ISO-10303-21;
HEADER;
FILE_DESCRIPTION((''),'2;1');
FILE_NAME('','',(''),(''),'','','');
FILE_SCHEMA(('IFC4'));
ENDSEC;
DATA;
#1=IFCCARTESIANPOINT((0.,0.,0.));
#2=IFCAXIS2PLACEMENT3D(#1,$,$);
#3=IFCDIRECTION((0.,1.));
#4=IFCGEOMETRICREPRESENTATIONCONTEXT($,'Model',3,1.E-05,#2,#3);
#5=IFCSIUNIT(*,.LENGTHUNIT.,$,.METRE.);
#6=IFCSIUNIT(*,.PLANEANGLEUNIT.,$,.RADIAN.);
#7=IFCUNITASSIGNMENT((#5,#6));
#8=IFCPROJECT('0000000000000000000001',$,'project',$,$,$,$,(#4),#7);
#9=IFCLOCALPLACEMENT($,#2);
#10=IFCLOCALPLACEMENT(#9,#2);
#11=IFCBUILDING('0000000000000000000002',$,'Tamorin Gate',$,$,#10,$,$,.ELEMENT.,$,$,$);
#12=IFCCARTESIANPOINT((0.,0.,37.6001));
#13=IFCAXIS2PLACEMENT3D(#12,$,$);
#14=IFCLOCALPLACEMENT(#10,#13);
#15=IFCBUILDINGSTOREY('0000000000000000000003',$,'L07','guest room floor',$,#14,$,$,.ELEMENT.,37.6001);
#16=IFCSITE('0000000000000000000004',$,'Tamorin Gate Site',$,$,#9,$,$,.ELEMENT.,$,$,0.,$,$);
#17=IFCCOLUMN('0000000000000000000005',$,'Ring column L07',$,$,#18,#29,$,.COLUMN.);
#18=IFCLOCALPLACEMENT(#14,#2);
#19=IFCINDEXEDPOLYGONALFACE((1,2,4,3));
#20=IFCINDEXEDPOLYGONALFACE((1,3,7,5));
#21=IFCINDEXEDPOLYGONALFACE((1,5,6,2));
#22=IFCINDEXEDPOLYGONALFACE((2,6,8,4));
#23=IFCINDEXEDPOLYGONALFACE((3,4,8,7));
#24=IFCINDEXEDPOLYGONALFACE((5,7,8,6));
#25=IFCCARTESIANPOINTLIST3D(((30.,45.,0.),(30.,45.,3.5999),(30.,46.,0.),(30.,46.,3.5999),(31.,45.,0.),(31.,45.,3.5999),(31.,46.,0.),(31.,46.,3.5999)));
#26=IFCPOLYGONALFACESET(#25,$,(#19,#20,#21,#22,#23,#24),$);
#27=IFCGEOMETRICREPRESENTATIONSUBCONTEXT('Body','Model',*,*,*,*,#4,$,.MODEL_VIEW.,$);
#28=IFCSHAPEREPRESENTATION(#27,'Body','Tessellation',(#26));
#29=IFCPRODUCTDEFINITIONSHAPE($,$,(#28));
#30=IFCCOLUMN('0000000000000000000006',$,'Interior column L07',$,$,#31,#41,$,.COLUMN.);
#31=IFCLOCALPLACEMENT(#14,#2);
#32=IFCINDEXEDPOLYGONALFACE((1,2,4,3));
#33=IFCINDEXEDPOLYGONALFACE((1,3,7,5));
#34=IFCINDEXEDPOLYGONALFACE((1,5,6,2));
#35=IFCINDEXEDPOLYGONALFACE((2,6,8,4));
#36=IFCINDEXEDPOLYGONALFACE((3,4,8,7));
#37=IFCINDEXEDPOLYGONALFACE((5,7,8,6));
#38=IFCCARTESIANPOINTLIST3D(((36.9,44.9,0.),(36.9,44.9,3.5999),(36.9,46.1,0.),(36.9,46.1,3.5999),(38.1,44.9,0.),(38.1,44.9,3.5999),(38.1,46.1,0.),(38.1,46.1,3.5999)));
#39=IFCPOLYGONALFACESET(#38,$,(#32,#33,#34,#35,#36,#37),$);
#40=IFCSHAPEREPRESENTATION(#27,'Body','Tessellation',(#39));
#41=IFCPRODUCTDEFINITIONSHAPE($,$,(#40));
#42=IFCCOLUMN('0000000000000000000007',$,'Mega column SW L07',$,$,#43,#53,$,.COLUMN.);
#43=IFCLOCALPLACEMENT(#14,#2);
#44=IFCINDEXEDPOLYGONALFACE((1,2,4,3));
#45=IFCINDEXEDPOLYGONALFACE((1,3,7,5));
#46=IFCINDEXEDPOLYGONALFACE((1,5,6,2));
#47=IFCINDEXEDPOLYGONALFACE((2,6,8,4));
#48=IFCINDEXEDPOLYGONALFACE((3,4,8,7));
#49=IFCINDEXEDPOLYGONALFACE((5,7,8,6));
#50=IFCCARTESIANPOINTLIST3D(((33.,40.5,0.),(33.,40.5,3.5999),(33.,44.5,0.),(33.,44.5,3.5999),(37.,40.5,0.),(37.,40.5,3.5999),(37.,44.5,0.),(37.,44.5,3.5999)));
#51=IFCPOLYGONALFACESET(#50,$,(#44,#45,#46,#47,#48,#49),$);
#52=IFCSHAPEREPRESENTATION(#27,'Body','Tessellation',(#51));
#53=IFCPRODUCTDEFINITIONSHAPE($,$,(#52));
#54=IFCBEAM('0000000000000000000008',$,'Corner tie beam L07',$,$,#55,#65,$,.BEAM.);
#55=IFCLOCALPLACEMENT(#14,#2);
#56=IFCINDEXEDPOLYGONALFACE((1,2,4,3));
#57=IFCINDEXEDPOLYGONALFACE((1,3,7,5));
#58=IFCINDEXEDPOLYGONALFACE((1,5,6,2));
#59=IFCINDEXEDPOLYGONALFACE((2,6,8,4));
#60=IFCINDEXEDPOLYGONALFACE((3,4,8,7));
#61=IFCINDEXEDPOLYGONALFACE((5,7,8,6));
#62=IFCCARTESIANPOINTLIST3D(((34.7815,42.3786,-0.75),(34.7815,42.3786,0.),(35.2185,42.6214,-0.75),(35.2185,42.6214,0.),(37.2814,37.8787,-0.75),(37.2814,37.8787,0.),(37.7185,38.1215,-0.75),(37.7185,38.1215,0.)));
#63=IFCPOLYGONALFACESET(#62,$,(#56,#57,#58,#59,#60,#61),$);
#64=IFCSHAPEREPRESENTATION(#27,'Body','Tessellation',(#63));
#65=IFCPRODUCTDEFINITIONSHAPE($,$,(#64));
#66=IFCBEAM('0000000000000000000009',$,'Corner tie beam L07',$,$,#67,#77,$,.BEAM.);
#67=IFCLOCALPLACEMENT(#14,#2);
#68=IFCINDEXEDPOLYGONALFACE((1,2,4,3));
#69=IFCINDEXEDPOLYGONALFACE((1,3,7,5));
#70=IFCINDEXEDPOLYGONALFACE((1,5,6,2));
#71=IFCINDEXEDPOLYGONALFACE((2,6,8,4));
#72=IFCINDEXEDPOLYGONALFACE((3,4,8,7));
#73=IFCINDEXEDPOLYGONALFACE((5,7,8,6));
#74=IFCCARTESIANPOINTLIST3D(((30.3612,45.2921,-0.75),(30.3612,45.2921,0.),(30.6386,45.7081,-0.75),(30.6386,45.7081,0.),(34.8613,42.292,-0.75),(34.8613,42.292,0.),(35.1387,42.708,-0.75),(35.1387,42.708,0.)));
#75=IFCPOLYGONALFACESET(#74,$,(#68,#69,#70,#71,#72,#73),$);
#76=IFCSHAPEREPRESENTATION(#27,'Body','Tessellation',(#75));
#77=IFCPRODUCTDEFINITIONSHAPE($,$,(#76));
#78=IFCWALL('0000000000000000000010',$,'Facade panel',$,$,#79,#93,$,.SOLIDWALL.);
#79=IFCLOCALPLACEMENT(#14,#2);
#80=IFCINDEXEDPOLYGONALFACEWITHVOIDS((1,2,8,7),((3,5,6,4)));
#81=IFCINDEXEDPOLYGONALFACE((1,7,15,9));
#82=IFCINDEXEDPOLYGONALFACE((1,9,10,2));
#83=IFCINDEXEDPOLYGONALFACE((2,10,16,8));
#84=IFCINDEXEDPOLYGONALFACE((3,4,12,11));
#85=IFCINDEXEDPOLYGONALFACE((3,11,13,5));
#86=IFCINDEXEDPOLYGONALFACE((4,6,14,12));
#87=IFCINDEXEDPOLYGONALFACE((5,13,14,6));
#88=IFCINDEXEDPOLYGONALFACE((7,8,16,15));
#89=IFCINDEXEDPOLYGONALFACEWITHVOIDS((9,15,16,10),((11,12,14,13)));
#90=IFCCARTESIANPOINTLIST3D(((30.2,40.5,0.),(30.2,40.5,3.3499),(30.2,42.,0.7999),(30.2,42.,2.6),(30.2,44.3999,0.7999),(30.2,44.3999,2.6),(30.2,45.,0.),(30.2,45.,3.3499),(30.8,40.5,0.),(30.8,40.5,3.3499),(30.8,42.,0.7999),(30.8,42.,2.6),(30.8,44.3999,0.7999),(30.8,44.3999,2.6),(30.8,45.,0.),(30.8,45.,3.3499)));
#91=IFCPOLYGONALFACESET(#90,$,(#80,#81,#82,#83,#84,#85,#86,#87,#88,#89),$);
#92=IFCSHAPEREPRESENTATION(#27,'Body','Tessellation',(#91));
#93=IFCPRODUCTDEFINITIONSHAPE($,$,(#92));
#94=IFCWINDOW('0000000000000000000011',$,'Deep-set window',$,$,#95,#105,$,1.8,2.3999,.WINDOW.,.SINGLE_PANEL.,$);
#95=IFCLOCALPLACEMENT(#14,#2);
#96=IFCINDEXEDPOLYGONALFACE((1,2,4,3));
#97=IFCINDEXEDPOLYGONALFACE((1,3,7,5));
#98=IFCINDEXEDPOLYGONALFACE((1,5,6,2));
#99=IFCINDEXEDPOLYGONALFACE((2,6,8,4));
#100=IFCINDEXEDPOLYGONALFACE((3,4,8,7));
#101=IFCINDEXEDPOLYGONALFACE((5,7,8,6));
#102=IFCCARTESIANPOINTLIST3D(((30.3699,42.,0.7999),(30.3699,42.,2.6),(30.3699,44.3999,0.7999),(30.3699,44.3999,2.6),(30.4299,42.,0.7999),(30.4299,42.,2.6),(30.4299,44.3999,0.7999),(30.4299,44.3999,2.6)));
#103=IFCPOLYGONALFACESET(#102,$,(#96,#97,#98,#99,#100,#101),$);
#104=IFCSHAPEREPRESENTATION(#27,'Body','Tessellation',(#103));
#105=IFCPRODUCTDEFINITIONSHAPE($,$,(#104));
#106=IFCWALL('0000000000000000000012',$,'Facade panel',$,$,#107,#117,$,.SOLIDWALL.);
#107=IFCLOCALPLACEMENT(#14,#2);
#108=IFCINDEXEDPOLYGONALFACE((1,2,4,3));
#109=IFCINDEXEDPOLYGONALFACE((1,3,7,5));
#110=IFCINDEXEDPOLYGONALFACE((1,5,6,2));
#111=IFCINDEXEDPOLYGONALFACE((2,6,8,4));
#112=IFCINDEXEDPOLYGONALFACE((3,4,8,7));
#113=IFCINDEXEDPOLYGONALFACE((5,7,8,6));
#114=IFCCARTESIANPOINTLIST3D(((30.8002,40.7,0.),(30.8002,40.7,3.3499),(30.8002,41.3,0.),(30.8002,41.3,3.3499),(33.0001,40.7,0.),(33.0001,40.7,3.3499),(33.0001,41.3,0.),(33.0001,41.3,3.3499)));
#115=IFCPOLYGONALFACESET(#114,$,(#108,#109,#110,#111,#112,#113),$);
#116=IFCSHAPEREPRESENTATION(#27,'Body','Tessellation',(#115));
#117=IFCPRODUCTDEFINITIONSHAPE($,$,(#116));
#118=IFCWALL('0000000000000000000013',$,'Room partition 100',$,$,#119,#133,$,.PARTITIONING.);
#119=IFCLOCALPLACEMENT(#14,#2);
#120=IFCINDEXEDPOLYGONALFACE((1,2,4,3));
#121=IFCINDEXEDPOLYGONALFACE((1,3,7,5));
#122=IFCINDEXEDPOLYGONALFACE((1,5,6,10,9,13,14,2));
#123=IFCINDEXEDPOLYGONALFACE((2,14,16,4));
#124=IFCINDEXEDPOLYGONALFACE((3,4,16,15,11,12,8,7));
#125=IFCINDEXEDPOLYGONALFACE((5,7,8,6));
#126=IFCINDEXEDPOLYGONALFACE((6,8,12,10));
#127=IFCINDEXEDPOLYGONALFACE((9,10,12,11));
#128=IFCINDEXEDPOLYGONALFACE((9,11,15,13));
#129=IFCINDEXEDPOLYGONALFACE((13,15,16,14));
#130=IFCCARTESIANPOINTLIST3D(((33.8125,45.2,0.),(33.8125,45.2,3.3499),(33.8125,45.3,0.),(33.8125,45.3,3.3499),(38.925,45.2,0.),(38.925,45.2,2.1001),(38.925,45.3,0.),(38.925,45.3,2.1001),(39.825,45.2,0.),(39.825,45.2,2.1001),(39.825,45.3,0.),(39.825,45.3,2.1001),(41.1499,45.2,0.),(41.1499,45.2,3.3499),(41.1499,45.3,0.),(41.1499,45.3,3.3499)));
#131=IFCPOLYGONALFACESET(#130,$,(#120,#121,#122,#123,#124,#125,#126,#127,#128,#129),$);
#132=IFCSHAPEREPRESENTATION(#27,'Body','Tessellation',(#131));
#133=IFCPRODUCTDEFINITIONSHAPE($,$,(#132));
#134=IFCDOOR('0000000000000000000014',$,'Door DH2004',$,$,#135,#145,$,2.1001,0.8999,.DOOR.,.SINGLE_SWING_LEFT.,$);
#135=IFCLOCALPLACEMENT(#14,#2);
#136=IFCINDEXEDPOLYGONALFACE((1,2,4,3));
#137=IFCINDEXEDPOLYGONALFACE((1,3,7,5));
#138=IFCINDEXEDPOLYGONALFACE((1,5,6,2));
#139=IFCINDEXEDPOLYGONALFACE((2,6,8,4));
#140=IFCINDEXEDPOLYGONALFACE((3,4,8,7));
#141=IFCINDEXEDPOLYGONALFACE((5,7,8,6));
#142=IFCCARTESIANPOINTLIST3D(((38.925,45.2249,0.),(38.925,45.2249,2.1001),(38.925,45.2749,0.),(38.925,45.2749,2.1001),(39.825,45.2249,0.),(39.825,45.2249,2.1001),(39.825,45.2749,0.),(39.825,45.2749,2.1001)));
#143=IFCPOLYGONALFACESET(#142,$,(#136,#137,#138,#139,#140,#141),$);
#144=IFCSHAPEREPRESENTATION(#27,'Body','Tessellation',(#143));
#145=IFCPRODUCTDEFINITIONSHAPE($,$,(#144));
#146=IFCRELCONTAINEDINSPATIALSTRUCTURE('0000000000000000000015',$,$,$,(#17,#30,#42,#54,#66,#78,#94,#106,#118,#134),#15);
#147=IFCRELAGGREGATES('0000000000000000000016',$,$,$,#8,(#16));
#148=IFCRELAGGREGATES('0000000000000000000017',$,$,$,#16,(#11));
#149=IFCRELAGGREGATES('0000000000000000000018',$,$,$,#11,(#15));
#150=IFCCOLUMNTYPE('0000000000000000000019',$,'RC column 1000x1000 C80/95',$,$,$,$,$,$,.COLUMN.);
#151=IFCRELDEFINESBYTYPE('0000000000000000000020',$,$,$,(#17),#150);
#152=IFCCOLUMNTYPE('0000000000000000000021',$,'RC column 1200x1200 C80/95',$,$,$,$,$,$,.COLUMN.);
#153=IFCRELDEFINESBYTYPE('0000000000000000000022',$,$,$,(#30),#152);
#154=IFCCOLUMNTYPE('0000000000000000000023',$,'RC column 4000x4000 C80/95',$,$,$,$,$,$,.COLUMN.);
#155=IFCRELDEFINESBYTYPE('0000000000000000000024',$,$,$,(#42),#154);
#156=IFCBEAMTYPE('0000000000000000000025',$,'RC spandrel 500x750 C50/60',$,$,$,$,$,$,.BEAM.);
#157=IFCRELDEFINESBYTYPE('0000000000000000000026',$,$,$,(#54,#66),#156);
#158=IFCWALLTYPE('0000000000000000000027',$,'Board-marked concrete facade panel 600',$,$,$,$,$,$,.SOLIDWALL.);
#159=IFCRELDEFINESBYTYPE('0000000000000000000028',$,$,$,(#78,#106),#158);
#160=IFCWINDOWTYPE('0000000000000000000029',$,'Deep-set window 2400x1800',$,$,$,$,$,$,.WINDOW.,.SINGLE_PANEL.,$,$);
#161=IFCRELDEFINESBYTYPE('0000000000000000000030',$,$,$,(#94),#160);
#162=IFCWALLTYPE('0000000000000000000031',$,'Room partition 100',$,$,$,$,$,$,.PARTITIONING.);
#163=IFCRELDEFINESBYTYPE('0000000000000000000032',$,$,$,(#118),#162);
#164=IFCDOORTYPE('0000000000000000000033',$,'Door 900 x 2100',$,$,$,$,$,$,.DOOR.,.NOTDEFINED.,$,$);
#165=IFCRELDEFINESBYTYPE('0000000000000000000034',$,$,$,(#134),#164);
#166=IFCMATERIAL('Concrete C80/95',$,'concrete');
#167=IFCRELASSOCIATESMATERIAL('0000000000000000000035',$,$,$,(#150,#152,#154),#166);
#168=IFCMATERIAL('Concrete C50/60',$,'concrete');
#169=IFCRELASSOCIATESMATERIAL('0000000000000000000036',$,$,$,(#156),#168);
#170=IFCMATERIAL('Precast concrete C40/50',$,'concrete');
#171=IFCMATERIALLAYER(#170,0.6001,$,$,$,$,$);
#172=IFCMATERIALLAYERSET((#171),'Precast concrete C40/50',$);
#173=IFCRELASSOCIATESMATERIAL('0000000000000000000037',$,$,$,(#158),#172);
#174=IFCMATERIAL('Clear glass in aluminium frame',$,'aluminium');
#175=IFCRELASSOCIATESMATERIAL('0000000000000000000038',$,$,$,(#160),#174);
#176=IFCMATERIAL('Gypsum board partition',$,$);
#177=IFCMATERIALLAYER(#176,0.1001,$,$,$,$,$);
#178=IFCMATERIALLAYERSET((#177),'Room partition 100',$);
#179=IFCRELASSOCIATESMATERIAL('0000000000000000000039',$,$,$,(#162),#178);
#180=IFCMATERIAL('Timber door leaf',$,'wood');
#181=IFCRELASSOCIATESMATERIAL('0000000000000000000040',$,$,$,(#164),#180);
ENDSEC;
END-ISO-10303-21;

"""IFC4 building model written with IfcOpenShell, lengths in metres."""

from ifc_helpers import new_model, si_unit, direction, frame, frame_2d, origin, origin_2d, place, context, subcontext, project, spatial, rectangle, extrude, material, layer, layer_set, material_profile, profile_set, type_object, element, fill, save


model = new_model("IFC4")

# Units and contexts
model_context = context("Model", 3, precision=1e-05, world=origin(), true_north=direction((0.0, 1.0)))
body_context = subcontext(model_context, "Body", "Model", "MODEL_VIEW")
ifc_project = project(units=[si_unit("LENGTHUNIT", "METRE"), si_unit("PLANEANGLEUNIT", "RADIAN")], contexts=[model_context])

# Site, building, storey
site_placement = place(None, origin())
site = spatial("IfcSite", under=ifc_project, at=site_placement, Name="Tamorin Gate Site", CompositionType="ELEMENT", RefElevation=0.0)
building_placement = place(site_placement, origin())
building = spatial("IfcBuilding", under=site, at=building_placement, Name="Tamorin Gate", CompositionType="ELEMENT")
storey_placement = place(building_placement, frame((0.0, 0.0, 37.6001)))
storey = spatial("IfcBuildingStorey", under=building, at=storey_placement, Name="L07", Description="guest room floor", CompositionType="ELEMENT", Elevation=37.6001)

# Columns
ifc_material_1 = material(Name="Concrete C80/95", Category="concrete")
ifc_material_profile_1 = material_profile(ifc_material_1, rectangle(XDim=1.0, YDim=1.0, at=origin_2d()), Name="RC 1000x1000")
ifc_profile_set_1 = profile_set([ifc_material_profile_1], Name="Concrete C80/95")
column_type_1 = type_object("IfcColumnType", Name="RC column 1000x1000 C80/95", PredefinedType="COLUMN", material=ifc_profile_set_1)
column_1_placement = place(storey_placement, frame((30.5, 45.5, 0.0), z_axis=(0.0, 0.0, 1.0), x_axis=(1.0, 0.0, 0.0)))
element("IfcColumn", 1, at=column_1_placement, inside=storey, type_object=column_type_1, Name="Ring column L07", PredefinedType="COLUMN", context=body_context, shape_type="SweptSolid", body=[
    extrude(rectangle(XDim=1.0, YDim=1.0, at=origin_2d()), origin(), (0.0, 0.0, 1.0), 3.5999),
])
ifc_material_profile_2 = material_profile(ifc_material_1, rectangle(XDim=1.2, YDim=1.2, at=origin_2d()), Name="RC 1200x1200")
ifc_profile_set_2 = profile_set([ifc_material_profile_2], Name="Concrete C80/95")
column_type_2 = type_object("IfcColumnType", Name="RC column 1200x1200 C80/95", PredefinedType="COLUMN", material=ifc_profile_set_2)
column_2_placement = place(storey_placement, frame((37.5, 45.5, 0.0), z_axis=(0.0, 0.0, 1.0), x_axis=(1.0, 0.0, 0.0)))
element("IfcColumn", 2, at=column_2_placement, inside=storey, type_object=column_type_2, Name="Interior column L07", PredefinedType="COLUMN", context=body_context, shape_type="SweptSolid", body=[
    extrude(rectangle(XDim=1.2, YDim=1.2, at=origin_2d()), origin(), (0.0, 0.0, 1.0), 3.5999),
])
ifc_material_profile_3 = material_profile(ifc_material_1, rectangle(XDim=4.0, YDim=4.0, at=origin_2d()), Name="RC 4000x4000")
ifc_profile_set_3 = profile_set([ifc_material_profile_3], Name="Concrete C80/95")
column_type_3 = type_object("IfcColumnType", Name="RC column 4000x4000 C80/95", PredefinedType="COLUMN", material=ifc_profile_set_3)
column_3_placement = place(storey_placement, frame((35.0, 42.5, 0.0), z_axis=(0.0, 0.0, 1.0), x_axis=(1.0, 0.0, 0.0)))
element("IfcColumn", 3, at=column_3_placement, inside=storey, type_object=column_type_3, Name="Mega column SW L07", PredefinedType="COLUMN", context=body_context, shape_type="SweptSolid", body=[
    extrude(rectangle(XDim=4.0, YDim=4.0, at=origin_2d()), origin(), (0.0, 0.0, 1.0), 3.5999),
])

# Beams
ifc_material_2 = material(Name="Concrete C50/60", Category="concrete")
ifc_material_profile_4 = material_profile(ifc_material_2, rectangle(XDim=0.5, YDim=0.75, at=origin_2d()), Name="RC 500x750")
ifc_profile_set_4 = profile_set([ifc_material_profile_4], Name="Concrete C50/60")
beam_type = type_object("IfcBeamType", Name="RC spandrel 500x750 C50/60", PredefinedType="BEAM", material=ifc_profile_set_4)
beam_1_placement = place(storey_placement, frame((35.0, 42.5, -0.375), z_axis=(0.485643, -0.874157, 0.0), x_axis=(0.874157, 0.485643, 0.0)))
element("IfcBeam", 4, at=beam_1_placement, inside=storey, type_object=beam_type, Name="Corner tie beam L07", PredefinedType="BEAM", context=body_context, shape_type="SweptSolid", body=[
    extrude(rectangle(XDim=0.5, YDim=0.75, at=origin_2d()), origin(), (0.0, 0.0, 1.0), 5.1477),
])
beam_2_placement = place(storey_placement, frame((35.0, 42.5, -0.375), z_axis=(-0.83205, 0.5547, 0.0), x_axis=(-0.5547, -0.83205, 0.0)))
element("IfcBeam", 5, at=beam_2_placement, inside=storey, type_object=beam_type, Name="Corner tie beam L07", PredefinedType="BEAM", context=body_context, shape_type="SweptSolid", body=[
    extrude(rectangle(XDim=0.5, YDim=0.75, at=origin_2d()), origin(), (0.0, 0.0, 1.0), 5.4084),
])

# Wall, opening, window
ifc_material_3 = material(Name="Precast concrete C40/50", Category="concrete")
ifc_layer_1 = layer(ifc_material_3, 0.6001)
ifc_layer_set_1 = layer_set([ifc_layer_1], Name="Precast concrete C40/50")
wall_type_1 = type_object("IfcWallType", Name="Board-marked concrete facade panel 600", PredefinedType="SOLIDWALL", material=ifc_layer_set_1)
wall_1_placement = place(storey_placement, frame((30.5, 45.0, 0.0), z_axis=(0.0, 0.0, 1.0), x_axis=(0.0, -1.0, 0.0)))
wall_1 = element("IfcWall", 6, at=wall_1_placement, inside=storey, type_object=wall_type_1, Name="Facade panel", PredefinedType="SOLIDWALL", context=body_context, shape_type="SweptSolid", body=[
    extrude(rectangle(XDim=4.5, YDim=0.6001, at=frame_2d((2.25, 0.0))), origin(), (0.0, 0.0, 1.0), 3.3499),
])
opening_1_placement = place(wall_1_placement, frame((0.6001, 0.0, 0.8)))
opening_1 = element("IfcOpeningElement", 7, at=opening_1_placement, cuts=wall_1, PredefinedType="OPENING", context=body_context, shape_type="SweptSolid", body=[
    extrude(rectangle(XDim=2.3999, YDim=1.8, at=frame_2d((1.2, 0.8999))), frame((0.0, 0.3101, 0.0), z_axis=(0.0, -1.0, 0.0), x_axis=(1.0, 0.0, 0.0)), (0.0, 0.0, 1.0), 0.6201),
])
ifc_material_4 = material(Name="Clear glass in aluminium frame", Category="aluminium")
window_type = type_object("IfcWindowType", Name="Deep-set window 2400x1800", PartitioningType="SINGLE_PANEL", PredefinedType="WINDOW", material=ifc_material_4)
window_placement = place(opening_1_placement, origin())
window = element("IfcWindow", 8, at=window_placement, inside=storey, type_object=window_type, Name="Deep-set window", OverallHeight=1.8, OverallWidth=2.3999, PartitioningType="SINGLE_PANEL", PredefinedType="WINDOW", context=body_context, shape_type="SweptSolid", body=[
    extrude(rectangle(XDim=2.3999, YDim=1.8, at=frame_2d((1.2, 0.8999))), frame((0.0, -0.0701, 0.0), z_axis=(0.0, -1.0, 0.0), x_axis=(1.0, 0.0, 0.0)), (0.0, 0.0, 1.0), 0.0601),
])
fill(opening_1, window)

# Wall
wall_2_placement = place(storey_placement, frame((30.8, 41.0, 0.0), z_axis=(0.0, 0.0, 1.0), x_axis=(1.0, 0.0, 0.0)))
element("IfcWall", 9, at=wall_2_placement, inside=storey, type_object=wall_type_1, Name="Facade panel", PredefinedType="SOLIDWALL", context=body_context, shape_type="SweptSolid", body=[
    extrude(rectangle(XDim=2.2, YDim=0.6001, at=frame_2d((1.1001, 0.0))), origin(), (0.0, 0.0, 1.0), 3.3499),
])

# Wall, opening, door
ifc_material_5 = material(Name="Gypsum board partition")
ifc_layer_2 = layer(ifc_material_5, 0.1001)
ifc_layer_set_2 = layer_set([ifc_layer_2], Name="Room partition 100")
wall_type_2 = type_object("IfcWallType", Name="Room partition 100", PredefinedType="PARTITIONING", material=ifc_layer_set_2)
wall_3_placement = place(storey_placement, frame((33.8125, 45.25, 0.0), z_axis=(0.0, 0.0, 1.0), x_axis=(1.0, 0.0, 0.0)))
wall_3 = element("IfcWall", 10, at=wall_3_placement, inside=storey, type_object=wall_type_2, Name="Room partition 100", PredefinedType="PARTITIONING", context=body_context, shape_type="SweptSolid", body=[
    extrude(rectangle(XDim=7.3374, YDim=0.1001, at=frame_2d((3.6687, 0.0))), origin(), (0.0, 0.0, 1.0), 3.3499),
])
opening_2_placement = place(wall_3_placement, frame((5.1125, 0.0, 0.0)))
opening_2 = element("IfcOpeningElement", 11, at=opening_2_placement, cuts=wall_3, PredefinedType="OPENING", context=body_context, shape_type="SweptSolid", body=[
    extrude(rectangle(XDim=0.8999, YDim=2.1001, at=frame_2d((0.45, 1.05))), frame((0.0, 0.0601, 0.0), z_axis=(0.0, -1.0, 0.0), x_axis=(1.0, 0.0, 0.0)), (0.0, 0.0, 1.0), 0.1201),
])
ifc_material_6 = material(Name="Timber door leaf", Category="wood")
door_type = type_object("IfcDoorType", Name="Door 900 x 2100", OperationType="NOTDEFINED", PredefinedType="DOOR", material=ifc_material_6)
door_1_placement = place(opening_2_placement, origin())
door_1 = element("IfcDoor", 12, at=door_1_placement, inside=storey, type_object=door_type, Name="Door DH2004", OperationType="SINGLE_SWING_LEFT", OverallHeight=2.1001, OverallWidth=0.8999, PredefinedType="DOOR", context=body_context, shape_type="SweptSolid", body=[
    extrude(rectangle(XDim=0.8999, YDim=2.1001, at=frame_2d((0.45, 1.05))), frame((0.0, 0.0249, 0.0), z_axis=(0.0, -1.0, 0.0), x_axis=(1.0, 0.0, 0.0)), (0.0, 0.0, 1.0), 0.05),
])
fill(opening_2, door_1)

save(model, "model.ifc")
